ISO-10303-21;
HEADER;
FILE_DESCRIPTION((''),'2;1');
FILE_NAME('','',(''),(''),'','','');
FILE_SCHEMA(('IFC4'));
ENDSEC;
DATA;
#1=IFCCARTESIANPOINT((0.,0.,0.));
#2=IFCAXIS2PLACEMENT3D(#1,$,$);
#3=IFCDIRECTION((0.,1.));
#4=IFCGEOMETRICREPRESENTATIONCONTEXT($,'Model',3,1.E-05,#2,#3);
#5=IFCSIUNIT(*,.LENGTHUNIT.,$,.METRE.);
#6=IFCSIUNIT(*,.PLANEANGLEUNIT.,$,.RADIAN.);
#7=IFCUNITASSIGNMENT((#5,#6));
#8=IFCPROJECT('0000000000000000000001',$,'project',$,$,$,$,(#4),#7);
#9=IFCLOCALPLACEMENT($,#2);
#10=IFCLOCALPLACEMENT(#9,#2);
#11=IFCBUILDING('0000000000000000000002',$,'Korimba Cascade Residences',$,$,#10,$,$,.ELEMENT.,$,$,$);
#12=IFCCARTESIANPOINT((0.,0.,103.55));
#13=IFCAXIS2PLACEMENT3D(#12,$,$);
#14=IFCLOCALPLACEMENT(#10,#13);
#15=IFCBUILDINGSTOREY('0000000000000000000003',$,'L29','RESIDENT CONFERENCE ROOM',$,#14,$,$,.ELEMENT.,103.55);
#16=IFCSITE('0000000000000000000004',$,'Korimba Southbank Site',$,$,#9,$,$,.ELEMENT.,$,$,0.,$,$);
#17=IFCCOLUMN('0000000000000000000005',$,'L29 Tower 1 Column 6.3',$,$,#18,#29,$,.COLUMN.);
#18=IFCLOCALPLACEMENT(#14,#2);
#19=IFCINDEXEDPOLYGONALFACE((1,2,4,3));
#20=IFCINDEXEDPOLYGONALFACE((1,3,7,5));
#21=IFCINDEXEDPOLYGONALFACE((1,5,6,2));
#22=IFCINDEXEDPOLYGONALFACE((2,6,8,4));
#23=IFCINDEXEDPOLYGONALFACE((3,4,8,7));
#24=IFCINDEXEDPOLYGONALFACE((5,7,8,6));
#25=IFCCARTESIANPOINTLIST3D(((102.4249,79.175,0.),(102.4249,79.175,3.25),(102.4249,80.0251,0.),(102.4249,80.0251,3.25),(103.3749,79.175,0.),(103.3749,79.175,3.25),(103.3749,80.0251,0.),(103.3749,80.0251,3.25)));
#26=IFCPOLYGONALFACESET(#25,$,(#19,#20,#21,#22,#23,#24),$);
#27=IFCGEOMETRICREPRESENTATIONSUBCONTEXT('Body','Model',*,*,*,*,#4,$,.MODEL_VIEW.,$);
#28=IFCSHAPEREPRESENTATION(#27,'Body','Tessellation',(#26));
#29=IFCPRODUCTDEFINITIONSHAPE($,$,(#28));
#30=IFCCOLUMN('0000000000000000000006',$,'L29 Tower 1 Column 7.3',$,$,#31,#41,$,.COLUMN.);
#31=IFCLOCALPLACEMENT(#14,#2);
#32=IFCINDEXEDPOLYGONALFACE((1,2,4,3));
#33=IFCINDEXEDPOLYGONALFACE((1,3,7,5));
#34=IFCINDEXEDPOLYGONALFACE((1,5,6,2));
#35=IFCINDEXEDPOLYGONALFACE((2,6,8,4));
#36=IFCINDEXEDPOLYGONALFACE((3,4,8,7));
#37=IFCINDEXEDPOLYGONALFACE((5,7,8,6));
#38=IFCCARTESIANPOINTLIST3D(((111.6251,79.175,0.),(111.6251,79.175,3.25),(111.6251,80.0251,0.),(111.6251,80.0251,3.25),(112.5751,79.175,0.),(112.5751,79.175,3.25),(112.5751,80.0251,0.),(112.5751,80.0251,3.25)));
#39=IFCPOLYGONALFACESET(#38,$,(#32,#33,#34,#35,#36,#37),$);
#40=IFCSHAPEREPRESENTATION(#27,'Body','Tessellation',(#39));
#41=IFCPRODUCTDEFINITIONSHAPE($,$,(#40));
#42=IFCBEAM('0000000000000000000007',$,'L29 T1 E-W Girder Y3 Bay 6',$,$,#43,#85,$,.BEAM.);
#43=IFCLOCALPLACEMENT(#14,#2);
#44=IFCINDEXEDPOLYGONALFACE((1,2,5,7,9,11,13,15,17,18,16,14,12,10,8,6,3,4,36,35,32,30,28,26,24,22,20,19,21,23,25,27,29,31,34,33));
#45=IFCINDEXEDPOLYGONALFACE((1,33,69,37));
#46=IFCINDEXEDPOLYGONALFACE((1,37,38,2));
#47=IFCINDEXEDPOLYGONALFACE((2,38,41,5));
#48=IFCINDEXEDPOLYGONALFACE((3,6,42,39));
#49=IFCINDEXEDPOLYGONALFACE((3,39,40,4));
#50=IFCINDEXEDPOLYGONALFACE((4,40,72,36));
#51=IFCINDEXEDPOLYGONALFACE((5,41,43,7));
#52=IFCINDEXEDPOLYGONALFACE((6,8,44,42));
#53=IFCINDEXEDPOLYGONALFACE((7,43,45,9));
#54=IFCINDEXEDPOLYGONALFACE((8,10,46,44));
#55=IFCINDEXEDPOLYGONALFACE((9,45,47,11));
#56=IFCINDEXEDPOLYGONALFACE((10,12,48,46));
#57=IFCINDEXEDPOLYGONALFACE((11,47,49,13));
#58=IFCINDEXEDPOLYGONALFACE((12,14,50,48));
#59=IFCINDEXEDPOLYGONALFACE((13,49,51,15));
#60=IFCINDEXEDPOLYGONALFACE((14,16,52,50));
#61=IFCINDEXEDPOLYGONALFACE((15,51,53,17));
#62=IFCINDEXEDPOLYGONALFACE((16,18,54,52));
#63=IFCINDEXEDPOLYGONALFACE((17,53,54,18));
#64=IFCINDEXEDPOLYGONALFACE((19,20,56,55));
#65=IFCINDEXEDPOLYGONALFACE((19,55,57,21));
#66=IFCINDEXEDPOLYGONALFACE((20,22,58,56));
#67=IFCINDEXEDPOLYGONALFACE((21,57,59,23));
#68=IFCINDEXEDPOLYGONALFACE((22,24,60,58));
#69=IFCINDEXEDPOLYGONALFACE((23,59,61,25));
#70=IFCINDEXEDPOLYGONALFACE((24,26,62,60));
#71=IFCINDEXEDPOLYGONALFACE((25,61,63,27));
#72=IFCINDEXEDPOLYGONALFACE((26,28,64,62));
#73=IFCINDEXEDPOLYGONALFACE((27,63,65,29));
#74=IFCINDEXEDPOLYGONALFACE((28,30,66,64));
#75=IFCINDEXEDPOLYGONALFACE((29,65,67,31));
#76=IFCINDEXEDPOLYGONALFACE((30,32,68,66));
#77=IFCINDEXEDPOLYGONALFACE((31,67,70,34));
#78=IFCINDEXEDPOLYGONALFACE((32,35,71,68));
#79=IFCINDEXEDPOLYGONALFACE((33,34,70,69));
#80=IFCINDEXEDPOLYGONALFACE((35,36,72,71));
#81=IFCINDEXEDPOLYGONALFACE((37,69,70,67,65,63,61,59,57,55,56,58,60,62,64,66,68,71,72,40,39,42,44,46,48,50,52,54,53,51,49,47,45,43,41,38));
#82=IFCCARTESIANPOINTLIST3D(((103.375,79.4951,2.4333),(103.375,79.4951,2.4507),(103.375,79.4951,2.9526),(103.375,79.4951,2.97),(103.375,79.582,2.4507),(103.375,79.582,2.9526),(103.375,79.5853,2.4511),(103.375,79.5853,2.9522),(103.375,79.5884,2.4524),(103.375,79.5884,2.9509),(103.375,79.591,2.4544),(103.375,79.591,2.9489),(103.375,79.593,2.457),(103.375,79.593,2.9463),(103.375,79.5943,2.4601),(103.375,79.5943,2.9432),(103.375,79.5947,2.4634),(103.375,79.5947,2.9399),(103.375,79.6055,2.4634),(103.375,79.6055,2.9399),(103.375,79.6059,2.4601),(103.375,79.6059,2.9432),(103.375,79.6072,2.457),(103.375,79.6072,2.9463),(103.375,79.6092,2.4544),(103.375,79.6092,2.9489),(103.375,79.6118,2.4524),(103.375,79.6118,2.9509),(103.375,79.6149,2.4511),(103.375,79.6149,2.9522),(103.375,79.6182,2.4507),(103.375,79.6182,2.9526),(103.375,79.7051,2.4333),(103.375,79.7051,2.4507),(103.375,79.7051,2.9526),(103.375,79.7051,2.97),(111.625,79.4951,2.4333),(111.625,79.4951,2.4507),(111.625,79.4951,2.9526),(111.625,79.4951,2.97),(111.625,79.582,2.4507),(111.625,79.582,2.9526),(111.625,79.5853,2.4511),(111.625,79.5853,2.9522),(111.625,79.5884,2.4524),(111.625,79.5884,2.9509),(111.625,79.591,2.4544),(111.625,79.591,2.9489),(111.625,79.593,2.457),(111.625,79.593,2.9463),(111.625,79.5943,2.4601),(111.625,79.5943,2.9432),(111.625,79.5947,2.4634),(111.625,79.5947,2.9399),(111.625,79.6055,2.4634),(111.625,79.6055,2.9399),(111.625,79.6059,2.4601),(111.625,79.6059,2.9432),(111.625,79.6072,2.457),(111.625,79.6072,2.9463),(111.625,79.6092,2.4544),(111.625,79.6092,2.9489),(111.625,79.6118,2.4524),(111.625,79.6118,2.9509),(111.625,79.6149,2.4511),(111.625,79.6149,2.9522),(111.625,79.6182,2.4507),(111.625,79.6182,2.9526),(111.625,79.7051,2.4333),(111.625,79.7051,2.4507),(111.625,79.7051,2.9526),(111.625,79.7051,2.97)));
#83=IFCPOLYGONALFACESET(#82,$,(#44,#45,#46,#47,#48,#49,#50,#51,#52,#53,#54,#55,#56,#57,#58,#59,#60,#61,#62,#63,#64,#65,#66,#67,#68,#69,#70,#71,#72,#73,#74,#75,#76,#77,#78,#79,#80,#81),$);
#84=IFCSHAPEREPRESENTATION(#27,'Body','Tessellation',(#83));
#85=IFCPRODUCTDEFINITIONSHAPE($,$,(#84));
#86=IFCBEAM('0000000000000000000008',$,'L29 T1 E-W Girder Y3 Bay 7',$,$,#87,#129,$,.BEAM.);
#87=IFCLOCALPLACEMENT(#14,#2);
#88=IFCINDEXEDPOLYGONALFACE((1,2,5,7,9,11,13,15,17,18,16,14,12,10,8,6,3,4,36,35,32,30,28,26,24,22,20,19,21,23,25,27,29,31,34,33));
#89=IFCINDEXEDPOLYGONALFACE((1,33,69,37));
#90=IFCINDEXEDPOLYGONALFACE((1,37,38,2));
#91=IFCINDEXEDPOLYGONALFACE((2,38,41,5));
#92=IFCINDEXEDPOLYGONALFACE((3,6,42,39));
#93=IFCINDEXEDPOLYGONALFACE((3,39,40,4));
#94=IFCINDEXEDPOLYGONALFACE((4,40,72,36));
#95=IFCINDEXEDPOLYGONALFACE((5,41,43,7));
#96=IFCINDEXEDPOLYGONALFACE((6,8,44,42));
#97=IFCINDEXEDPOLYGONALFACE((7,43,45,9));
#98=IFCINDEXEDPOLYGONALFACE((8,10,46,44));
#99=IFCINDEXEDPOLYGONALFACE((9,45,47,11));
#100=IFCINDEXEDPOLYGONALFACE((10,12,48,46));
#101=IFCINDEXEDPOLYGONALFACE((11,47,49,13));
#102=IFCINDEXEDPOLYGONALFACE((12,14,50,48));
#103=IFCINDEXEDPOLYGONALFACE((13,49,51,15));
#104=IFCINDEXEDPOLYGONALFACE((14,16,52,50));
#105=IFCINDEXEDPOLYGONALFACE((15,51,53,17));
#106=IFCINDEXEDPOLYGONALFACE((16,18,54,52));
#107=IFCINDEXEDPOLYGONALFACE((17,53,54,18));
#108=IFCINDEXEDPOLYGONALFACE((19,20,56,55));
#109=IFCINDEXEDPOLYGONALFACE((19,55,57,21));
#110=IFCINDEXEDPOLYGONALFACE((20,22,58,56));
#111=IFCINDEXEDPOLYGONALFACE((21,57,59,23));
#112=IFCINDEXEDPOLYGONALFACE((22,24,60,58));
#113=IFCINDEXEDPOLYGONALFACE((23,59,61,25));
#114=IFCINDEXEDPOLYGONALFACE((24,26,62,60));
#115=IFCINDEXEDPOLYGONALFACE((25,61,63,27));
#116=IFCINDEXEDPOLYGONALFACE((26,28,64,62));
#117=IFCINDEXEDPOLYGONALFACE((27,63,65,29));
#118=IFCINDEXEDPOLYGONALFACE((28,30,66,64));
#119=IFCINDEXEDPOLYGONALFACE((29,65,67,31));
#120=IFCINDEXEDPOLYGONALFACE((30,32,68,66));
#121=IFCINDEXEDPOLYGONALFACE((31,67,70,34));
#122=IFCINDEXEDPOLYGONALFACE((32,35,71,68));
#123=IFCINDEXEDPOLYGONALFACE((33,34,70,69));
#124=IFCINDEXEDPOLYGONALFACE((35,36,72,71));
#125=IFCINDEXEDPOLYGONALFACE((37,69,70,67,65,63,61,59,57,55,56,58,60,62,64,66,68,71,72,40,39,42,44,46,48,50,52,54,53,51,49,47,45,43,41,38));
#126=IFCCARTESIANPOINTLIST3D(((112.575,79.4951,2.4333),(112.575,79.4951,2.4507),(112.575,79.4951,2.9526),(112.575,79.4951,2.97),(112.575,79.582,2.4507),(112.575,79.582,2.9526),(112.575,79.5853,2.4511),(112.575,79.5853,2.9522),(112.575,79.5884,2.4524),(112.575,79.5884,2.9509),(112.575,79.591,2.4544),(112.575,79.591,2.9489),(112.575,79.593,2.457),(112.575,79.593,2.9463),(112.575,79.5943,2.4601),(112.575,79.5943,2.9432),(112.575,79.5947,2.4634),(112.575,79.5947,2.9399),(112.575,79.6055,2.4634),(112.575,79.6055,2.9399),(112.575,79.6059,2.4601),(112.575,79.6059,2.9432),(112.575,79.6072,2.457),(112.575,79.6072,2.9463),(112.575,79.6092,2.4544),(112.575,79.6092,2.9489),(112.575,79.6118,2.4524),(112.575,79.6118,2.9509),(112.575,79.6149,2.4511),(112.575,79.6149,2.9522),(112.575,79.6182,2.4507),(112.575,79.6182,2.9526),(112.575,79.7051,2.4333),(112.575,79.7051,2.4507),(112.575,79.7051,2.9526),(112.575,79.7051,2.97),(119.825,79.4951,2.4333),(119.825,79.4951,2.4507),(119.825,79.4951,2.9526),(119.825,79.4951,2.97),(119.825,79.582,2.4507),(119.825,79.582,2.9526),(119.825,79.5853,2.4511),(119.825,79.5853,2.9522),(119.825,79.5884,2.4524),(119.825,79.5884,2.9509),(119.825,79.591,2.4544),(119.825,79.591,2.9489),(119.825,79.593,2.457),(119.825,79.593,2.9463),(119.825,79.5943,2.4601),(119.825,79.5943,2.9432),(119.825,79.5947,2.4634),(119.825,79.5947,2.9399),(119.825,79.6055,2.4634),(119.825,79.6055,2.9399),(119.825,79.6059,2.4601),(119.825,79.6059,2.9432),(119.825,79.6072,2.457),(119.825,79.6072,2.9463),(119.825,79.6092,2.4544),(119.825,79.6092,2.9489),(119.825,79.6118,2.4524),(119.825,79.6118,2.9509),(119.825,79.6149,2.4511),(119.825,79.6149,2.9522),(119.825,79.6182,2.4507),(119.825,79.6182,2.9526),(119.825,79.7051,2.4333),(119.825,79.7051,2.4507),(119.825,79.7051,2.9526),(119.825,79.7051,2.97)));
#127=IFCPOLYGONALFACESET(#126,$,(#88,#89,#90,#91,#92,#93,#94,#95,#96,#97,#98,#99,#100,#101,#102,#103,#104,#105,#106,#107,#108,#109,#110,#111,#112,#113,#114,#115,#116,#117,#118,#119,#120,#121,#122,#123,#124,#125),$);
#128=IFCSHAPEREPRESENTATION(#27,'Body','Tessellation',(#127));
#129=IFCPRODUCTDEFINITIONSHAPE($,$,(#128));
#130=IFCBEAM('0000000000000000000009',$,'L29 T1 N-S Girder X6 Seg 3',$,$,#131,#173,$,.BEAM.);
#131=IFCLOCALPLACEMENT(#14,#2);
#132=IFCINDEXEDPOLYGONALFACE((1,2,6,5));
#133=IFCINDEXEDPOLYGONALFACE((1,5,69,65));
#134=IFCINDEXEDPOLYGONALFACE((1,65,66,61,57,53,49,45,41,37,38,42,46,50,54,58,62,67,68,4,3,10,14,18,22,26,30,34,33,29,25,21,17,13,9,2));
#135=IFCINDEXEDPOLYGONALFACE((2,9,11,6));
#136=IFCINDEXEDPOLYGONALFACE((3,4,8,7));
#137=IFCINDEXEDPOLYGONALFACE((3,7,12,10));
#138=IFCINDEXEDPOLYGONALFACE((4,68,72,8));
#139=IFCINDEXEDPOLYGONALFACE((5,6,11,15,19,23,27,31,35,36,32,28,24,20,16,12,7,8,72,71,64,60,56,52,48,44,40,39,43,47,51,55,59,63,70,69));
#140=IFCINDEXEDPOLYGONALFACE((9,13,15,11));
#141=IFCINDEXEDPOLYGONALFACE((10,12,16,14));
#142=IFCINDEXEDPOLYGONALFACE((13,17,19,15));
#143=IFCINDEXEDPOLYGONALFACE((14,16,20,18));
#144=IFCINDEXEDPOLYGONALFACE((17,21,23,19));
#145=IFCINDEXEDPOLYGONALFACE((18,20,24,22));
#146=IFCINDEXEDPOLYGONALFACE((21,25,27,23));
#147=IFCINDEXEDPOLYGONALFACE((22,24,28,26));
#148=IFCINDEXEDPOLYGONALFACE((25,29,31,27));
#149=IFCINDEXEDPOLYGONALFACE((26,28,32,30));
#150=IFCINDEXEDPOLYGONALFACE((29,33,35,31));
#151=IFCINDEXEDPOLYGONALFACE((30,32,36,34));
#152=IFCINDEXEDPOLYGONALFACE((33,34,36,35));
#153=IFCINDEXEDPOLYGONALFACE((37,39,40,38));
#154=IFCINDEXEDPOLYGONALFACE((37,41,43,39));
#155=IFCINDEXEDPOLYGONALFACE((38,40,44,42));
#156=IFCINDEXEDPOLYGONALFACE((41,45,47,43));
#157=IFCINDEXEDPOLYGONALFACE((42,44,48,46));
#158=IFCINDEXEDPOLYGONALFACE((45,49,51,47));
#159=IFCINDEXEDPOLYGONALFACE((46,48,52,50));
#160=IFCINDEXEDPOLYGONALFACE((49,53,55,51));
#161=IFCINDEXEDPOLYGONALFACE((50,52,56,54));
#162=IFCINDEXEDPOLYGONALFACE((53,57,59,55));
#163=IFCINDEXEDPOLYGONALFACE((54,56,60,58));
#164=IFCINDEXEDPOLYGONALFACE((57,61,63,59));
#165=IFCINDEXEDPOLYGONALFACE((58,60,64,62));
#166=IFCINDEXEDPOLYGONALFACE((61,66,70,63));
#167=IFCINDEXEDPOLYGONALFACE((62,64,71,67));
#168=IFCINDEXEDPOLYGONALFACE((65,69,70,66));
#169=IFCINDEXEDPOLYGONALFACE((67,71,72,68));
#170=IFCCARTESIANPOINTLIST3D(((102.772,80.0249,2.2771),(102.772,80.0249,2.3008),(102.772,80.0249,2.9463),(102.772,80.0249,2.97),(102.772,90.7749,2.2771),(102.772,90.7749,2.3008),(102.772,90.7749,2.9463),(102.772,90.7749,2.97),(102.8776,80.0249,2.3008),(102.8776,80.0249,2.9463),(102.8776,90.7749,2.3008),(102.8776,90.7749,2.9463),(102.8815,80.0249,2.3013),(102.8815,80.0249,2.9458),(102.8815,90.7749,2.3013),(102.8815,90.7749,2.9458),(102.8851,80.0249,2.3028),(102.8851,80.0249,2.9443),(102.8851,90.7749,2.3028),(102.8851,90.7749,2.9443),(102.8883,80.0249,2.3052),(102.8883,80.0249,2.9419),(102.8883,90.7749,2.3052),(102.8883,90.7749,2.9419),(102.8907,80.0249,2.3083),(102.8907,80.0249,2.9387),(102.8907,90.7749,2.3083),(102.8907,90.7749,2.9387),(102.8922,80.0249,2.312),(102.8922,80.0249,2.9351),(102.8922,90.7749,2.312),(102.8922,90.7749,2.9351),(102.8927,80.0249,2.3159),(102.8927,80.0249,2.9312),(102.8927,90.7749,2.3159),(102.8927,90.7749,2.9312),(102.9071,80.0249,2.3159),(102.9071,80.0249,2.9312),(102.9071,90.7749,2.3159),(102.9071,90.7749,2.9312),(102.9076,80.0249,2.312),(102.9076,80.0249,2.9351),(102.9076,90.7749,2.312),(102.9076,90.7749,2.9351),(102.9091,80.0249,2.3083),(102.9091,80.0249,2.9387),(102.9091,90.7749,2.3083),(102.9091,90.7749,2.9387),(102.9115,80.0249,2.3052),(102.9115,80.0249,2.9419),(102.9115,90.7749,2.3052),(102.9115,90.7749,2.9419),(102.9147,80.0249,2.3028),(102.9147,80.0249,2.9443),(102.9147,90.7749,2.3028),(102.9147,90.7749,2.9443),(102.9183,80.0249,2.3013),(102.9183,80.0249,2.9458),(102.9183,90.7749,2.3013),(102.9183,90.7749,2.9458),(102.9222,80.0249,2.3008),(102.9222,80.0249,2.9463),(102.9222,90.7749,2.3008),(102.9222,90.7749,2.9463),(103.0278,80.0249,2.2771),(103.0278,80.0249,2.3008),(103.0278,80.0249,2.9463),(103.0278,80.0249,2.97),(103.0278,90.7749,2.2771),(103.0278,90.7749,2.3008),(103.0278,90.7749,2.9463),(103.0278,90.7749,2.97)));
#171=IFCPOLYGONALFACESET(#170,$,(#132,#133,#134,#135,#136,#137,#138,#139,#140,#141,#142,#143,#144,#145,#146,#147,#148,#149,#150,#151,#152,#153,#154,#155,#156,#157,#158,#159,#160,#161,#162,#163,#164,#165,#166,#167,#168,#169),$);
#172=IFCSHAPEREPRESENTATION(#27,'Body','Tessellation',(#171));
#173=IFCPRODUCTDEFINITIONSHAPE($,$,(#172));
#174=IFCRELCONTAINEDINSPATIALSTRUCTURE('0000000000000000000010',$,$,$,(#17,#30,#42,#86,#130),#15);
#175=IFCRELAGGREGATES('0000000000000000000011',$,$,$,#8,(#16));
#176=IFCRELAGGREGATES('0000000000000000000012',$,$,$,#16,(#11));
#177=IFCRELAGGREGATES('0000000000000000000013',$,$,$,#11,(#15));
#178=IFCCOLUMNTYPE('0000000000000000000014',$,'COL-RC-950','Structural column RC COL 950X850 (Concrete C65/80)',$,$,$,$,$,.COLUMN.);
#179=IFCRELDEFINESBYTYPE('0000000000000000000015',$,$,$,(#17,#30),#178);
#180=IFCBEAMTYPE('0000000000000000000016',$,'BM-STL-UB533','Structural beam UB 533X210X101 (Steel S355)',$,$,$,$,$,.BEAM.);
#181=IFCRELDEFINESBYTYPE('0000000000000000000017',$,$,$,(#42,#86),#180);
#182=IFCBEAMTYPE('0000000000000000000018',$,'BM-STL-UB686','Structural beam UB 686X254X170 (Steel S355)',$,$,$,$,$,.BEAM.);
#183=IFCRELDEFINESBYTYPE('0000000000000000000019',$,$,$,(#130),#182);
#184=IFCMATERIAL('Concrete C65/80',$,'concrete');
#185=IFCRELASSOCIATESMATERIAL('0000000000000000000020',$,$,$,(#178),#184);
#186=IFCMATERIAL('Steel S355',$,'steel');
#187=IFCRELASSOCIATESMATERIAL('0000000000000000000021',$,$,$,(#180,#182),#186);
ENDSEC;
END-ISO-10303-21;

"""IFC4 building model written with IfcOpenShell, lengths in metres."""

from ifc_helpers import new_model, si_unit, direction, frame, origin, origin_2d, place, context, subcontext, project, spatial, rectangle, i_section, extrude, material, material_profile, profile_set, type_object, element, save


model = new_model("IFC4")

# Units and contexts
model_context = context("Model", 3, precision=1e-05, world=origin(), true_north=direction((0.0, 1.0)))
body_context = subcontext(model_context, "Body", "Model", "MODEL_VIEW")
ifc_project = project(units=[si_unit("LENGTHUNIT", "METRE"), si_unit("PLANEANGLEUNIT", "RADIAN")], contexts=[model_context])

# Site, building, storey
site_placement = place(None, origin())
site = spatial("IfcSite", under=ifc_project, at=site_placement, Name="Korimba Southbank Site", CompositionType="ELEMENT", RefElevation=0.0)
building_placement = place(site_placement, origin())
building = spatial("IfcBuilding", under=site, at=building_placement, Name="Korimba Cascade Residences", CompositionType="ELEMENT")
storey_placement = place(building_placement, frame((0.0, 0.0, 103.55)))
storey = spatial("IfcBuildingStorey", under=building, at=storey_placement, Name="L29", Description="RESIDENT CONFERENCE ROOM", CompositionType="ELEMENT", Elevation=103.55)

# Columns
ifc_material_1 = material(Name="Concrete C65/80", Category="concrete")
ifc_material_profile_1 = material_profile(ifc_material_1, rectangle(XDim=0.95, YDim=0.8501, at=origin_2d()), Name="Concrete C65/80")
ifc_profile_set_1 = profile_set([ifc_material_profile_1], Name="Concrete C65/80")
column_type = type_object("IfcColumnType", Name="COL-RC-950", Description="Structural column RC COL 950X850 (Concrete C65/80)", PredefinedType="COLUMN", material=ifc_profile_set_1)
for number, where, z_axis, x_axis, name in (
    (1, (102.8999, 79.6001, 0.0), (0.0, 0.0, 1.0), (1.0, 0.0, 0.0), "L29 Tower 1 Column 6.3"),
    (2, (112.1001, 79.6001, 0.0), (0.0, 0.0, 1.0), (1.0, 0.0, 0.0), "L29 Tower 1 Column 7.3"),
):
    element("IfcColumn", number, at=place(storey_placement, frame(where, z_axis=z_axis, x_axis=x_axis)), inside=storey, type_object=column_type, Name=name, PredefinedType="COLUMN", context=body_context, shape_type="SweptSolid", body=[
        extrude(rectangle(XDim=0.95, YDim=0.8501, at=origin_2d()), origin(), (0.0, 0.0, 1.0), 3.25),
    ])

# Beams
ifc_material_2 = material(Name="Steel S355", Category="steel")
ifc_material_profile_2 = material_profile(ifc_material_2, i_section(OverallWidth=0.21, OverallDepth=0.5366, WebThickness=0.0107, FlangeThickness=0.0173, FilletRadius=0.0127, at=origin_2d()), Name="Steel S355")
ifc_profile_set_2 = profile_set([ifc_material_profile_2], Name="Steel S355")
beam_type_1 = type_object("IfcBeamType", Name="BM-STL-UB533", Description="Structural beam UB 533X210X101 (Steel S355)", PredefinedType="BEAM", material=ifc_profile_set_2)
beam_1_placement = place(storey_placement, frame((103.375, 79.6001, 2.7017), z_axis=(1.0, 0.0, 0.0), x_axis=(0.0, 1.0, 0.0)))
element("IfcBeam", 3, at=beam_1_placement, inside=storey, type_object=beam_type_1, Name="L29 T1 E-W Girder Y3 Bay 6", PredefinedType="BEAM", context=body_context, shape_type="SweptSolid", body=[
    extrude(i_section(OverallWidth=0.21, OverallDepth=0.5366, WebThickness=0.0107, FlangeThickness=0.0173, FilletRadius=0.0127, at=origin_2d()), origin(), (0.0, 0.0, 1.0), 8.25),
])
beam_2_placement = place(storey_placement, frame((112.575, 79.6001, 2.7017), z_axis=(1.0, 0.0, 0.0), x_axis=(0.0, 1.0, 0.0)))
element("IfcBeam", 4, at=beam_2_placement, inside=storey, type_object=beam_type_1, Name="L29 T1 E-W Girder Y3 Bay 7", PredefinedType="BEAM", context=body_context, shape_type="SweptSolid", body=[
    extrude(i_section(OverallWidth=0.21, OverallDepth=0.5366, WebThickness=0.0107, FlangeThickness=0.0173, FilletRadius=0.0127, at=origin_2d()), origin(), (0.0, 0.0, 1.0), 7.25),
])
ifc_material_profile_3 = material_profile(ifc_material_2, i_section(OverallWidth=0.2559, OverallDepth=0.6929, WebThickness=0.0144, FlangeThickness=0.0237, FilletRadius=0.0151, at=origin_2d()), Name="Steel S355")
ifc_profile_set_3 = profile_set([ifc_material_profile_3], Name="Steel S355")
beam_type_2 = type_object("IfcBeamType", Name="BM-STL-UB686", Description="Structural beam UB 686X254X170 (Steel S355)", PredefinedType="BEAM", material=ifc_profile_set_3)
for number, where, z_axis, x_axis, name in (
    (5, (102.8999, 80.0249, 2.6235), (0.0, 1.0, 0.0), (-1.0, 0.0, 0.0), "L29 T1 N-S Girder X6 Seg 3"),
):
    element("IfcBeam", number, at=place(storey_placement, frame(where, z_axis=z_axis, x_axis=x_axis)), inside=storey, type_object=beam_type_2, Name=name, PredefinedType="BEAM", context=body_context, shape_type="SweptSolid", body=[
        extrude(i_section(OverallWidth=0.2559, OverallDepth=0.6929, WebThickness=0.0144, FlangeThickness=0.0237, FilletRadius=0.0151, at=origin_2d()), origin(), (0.0, 0.0, 1.0), 10.75),
    ])

save(model, "model.ifc")
